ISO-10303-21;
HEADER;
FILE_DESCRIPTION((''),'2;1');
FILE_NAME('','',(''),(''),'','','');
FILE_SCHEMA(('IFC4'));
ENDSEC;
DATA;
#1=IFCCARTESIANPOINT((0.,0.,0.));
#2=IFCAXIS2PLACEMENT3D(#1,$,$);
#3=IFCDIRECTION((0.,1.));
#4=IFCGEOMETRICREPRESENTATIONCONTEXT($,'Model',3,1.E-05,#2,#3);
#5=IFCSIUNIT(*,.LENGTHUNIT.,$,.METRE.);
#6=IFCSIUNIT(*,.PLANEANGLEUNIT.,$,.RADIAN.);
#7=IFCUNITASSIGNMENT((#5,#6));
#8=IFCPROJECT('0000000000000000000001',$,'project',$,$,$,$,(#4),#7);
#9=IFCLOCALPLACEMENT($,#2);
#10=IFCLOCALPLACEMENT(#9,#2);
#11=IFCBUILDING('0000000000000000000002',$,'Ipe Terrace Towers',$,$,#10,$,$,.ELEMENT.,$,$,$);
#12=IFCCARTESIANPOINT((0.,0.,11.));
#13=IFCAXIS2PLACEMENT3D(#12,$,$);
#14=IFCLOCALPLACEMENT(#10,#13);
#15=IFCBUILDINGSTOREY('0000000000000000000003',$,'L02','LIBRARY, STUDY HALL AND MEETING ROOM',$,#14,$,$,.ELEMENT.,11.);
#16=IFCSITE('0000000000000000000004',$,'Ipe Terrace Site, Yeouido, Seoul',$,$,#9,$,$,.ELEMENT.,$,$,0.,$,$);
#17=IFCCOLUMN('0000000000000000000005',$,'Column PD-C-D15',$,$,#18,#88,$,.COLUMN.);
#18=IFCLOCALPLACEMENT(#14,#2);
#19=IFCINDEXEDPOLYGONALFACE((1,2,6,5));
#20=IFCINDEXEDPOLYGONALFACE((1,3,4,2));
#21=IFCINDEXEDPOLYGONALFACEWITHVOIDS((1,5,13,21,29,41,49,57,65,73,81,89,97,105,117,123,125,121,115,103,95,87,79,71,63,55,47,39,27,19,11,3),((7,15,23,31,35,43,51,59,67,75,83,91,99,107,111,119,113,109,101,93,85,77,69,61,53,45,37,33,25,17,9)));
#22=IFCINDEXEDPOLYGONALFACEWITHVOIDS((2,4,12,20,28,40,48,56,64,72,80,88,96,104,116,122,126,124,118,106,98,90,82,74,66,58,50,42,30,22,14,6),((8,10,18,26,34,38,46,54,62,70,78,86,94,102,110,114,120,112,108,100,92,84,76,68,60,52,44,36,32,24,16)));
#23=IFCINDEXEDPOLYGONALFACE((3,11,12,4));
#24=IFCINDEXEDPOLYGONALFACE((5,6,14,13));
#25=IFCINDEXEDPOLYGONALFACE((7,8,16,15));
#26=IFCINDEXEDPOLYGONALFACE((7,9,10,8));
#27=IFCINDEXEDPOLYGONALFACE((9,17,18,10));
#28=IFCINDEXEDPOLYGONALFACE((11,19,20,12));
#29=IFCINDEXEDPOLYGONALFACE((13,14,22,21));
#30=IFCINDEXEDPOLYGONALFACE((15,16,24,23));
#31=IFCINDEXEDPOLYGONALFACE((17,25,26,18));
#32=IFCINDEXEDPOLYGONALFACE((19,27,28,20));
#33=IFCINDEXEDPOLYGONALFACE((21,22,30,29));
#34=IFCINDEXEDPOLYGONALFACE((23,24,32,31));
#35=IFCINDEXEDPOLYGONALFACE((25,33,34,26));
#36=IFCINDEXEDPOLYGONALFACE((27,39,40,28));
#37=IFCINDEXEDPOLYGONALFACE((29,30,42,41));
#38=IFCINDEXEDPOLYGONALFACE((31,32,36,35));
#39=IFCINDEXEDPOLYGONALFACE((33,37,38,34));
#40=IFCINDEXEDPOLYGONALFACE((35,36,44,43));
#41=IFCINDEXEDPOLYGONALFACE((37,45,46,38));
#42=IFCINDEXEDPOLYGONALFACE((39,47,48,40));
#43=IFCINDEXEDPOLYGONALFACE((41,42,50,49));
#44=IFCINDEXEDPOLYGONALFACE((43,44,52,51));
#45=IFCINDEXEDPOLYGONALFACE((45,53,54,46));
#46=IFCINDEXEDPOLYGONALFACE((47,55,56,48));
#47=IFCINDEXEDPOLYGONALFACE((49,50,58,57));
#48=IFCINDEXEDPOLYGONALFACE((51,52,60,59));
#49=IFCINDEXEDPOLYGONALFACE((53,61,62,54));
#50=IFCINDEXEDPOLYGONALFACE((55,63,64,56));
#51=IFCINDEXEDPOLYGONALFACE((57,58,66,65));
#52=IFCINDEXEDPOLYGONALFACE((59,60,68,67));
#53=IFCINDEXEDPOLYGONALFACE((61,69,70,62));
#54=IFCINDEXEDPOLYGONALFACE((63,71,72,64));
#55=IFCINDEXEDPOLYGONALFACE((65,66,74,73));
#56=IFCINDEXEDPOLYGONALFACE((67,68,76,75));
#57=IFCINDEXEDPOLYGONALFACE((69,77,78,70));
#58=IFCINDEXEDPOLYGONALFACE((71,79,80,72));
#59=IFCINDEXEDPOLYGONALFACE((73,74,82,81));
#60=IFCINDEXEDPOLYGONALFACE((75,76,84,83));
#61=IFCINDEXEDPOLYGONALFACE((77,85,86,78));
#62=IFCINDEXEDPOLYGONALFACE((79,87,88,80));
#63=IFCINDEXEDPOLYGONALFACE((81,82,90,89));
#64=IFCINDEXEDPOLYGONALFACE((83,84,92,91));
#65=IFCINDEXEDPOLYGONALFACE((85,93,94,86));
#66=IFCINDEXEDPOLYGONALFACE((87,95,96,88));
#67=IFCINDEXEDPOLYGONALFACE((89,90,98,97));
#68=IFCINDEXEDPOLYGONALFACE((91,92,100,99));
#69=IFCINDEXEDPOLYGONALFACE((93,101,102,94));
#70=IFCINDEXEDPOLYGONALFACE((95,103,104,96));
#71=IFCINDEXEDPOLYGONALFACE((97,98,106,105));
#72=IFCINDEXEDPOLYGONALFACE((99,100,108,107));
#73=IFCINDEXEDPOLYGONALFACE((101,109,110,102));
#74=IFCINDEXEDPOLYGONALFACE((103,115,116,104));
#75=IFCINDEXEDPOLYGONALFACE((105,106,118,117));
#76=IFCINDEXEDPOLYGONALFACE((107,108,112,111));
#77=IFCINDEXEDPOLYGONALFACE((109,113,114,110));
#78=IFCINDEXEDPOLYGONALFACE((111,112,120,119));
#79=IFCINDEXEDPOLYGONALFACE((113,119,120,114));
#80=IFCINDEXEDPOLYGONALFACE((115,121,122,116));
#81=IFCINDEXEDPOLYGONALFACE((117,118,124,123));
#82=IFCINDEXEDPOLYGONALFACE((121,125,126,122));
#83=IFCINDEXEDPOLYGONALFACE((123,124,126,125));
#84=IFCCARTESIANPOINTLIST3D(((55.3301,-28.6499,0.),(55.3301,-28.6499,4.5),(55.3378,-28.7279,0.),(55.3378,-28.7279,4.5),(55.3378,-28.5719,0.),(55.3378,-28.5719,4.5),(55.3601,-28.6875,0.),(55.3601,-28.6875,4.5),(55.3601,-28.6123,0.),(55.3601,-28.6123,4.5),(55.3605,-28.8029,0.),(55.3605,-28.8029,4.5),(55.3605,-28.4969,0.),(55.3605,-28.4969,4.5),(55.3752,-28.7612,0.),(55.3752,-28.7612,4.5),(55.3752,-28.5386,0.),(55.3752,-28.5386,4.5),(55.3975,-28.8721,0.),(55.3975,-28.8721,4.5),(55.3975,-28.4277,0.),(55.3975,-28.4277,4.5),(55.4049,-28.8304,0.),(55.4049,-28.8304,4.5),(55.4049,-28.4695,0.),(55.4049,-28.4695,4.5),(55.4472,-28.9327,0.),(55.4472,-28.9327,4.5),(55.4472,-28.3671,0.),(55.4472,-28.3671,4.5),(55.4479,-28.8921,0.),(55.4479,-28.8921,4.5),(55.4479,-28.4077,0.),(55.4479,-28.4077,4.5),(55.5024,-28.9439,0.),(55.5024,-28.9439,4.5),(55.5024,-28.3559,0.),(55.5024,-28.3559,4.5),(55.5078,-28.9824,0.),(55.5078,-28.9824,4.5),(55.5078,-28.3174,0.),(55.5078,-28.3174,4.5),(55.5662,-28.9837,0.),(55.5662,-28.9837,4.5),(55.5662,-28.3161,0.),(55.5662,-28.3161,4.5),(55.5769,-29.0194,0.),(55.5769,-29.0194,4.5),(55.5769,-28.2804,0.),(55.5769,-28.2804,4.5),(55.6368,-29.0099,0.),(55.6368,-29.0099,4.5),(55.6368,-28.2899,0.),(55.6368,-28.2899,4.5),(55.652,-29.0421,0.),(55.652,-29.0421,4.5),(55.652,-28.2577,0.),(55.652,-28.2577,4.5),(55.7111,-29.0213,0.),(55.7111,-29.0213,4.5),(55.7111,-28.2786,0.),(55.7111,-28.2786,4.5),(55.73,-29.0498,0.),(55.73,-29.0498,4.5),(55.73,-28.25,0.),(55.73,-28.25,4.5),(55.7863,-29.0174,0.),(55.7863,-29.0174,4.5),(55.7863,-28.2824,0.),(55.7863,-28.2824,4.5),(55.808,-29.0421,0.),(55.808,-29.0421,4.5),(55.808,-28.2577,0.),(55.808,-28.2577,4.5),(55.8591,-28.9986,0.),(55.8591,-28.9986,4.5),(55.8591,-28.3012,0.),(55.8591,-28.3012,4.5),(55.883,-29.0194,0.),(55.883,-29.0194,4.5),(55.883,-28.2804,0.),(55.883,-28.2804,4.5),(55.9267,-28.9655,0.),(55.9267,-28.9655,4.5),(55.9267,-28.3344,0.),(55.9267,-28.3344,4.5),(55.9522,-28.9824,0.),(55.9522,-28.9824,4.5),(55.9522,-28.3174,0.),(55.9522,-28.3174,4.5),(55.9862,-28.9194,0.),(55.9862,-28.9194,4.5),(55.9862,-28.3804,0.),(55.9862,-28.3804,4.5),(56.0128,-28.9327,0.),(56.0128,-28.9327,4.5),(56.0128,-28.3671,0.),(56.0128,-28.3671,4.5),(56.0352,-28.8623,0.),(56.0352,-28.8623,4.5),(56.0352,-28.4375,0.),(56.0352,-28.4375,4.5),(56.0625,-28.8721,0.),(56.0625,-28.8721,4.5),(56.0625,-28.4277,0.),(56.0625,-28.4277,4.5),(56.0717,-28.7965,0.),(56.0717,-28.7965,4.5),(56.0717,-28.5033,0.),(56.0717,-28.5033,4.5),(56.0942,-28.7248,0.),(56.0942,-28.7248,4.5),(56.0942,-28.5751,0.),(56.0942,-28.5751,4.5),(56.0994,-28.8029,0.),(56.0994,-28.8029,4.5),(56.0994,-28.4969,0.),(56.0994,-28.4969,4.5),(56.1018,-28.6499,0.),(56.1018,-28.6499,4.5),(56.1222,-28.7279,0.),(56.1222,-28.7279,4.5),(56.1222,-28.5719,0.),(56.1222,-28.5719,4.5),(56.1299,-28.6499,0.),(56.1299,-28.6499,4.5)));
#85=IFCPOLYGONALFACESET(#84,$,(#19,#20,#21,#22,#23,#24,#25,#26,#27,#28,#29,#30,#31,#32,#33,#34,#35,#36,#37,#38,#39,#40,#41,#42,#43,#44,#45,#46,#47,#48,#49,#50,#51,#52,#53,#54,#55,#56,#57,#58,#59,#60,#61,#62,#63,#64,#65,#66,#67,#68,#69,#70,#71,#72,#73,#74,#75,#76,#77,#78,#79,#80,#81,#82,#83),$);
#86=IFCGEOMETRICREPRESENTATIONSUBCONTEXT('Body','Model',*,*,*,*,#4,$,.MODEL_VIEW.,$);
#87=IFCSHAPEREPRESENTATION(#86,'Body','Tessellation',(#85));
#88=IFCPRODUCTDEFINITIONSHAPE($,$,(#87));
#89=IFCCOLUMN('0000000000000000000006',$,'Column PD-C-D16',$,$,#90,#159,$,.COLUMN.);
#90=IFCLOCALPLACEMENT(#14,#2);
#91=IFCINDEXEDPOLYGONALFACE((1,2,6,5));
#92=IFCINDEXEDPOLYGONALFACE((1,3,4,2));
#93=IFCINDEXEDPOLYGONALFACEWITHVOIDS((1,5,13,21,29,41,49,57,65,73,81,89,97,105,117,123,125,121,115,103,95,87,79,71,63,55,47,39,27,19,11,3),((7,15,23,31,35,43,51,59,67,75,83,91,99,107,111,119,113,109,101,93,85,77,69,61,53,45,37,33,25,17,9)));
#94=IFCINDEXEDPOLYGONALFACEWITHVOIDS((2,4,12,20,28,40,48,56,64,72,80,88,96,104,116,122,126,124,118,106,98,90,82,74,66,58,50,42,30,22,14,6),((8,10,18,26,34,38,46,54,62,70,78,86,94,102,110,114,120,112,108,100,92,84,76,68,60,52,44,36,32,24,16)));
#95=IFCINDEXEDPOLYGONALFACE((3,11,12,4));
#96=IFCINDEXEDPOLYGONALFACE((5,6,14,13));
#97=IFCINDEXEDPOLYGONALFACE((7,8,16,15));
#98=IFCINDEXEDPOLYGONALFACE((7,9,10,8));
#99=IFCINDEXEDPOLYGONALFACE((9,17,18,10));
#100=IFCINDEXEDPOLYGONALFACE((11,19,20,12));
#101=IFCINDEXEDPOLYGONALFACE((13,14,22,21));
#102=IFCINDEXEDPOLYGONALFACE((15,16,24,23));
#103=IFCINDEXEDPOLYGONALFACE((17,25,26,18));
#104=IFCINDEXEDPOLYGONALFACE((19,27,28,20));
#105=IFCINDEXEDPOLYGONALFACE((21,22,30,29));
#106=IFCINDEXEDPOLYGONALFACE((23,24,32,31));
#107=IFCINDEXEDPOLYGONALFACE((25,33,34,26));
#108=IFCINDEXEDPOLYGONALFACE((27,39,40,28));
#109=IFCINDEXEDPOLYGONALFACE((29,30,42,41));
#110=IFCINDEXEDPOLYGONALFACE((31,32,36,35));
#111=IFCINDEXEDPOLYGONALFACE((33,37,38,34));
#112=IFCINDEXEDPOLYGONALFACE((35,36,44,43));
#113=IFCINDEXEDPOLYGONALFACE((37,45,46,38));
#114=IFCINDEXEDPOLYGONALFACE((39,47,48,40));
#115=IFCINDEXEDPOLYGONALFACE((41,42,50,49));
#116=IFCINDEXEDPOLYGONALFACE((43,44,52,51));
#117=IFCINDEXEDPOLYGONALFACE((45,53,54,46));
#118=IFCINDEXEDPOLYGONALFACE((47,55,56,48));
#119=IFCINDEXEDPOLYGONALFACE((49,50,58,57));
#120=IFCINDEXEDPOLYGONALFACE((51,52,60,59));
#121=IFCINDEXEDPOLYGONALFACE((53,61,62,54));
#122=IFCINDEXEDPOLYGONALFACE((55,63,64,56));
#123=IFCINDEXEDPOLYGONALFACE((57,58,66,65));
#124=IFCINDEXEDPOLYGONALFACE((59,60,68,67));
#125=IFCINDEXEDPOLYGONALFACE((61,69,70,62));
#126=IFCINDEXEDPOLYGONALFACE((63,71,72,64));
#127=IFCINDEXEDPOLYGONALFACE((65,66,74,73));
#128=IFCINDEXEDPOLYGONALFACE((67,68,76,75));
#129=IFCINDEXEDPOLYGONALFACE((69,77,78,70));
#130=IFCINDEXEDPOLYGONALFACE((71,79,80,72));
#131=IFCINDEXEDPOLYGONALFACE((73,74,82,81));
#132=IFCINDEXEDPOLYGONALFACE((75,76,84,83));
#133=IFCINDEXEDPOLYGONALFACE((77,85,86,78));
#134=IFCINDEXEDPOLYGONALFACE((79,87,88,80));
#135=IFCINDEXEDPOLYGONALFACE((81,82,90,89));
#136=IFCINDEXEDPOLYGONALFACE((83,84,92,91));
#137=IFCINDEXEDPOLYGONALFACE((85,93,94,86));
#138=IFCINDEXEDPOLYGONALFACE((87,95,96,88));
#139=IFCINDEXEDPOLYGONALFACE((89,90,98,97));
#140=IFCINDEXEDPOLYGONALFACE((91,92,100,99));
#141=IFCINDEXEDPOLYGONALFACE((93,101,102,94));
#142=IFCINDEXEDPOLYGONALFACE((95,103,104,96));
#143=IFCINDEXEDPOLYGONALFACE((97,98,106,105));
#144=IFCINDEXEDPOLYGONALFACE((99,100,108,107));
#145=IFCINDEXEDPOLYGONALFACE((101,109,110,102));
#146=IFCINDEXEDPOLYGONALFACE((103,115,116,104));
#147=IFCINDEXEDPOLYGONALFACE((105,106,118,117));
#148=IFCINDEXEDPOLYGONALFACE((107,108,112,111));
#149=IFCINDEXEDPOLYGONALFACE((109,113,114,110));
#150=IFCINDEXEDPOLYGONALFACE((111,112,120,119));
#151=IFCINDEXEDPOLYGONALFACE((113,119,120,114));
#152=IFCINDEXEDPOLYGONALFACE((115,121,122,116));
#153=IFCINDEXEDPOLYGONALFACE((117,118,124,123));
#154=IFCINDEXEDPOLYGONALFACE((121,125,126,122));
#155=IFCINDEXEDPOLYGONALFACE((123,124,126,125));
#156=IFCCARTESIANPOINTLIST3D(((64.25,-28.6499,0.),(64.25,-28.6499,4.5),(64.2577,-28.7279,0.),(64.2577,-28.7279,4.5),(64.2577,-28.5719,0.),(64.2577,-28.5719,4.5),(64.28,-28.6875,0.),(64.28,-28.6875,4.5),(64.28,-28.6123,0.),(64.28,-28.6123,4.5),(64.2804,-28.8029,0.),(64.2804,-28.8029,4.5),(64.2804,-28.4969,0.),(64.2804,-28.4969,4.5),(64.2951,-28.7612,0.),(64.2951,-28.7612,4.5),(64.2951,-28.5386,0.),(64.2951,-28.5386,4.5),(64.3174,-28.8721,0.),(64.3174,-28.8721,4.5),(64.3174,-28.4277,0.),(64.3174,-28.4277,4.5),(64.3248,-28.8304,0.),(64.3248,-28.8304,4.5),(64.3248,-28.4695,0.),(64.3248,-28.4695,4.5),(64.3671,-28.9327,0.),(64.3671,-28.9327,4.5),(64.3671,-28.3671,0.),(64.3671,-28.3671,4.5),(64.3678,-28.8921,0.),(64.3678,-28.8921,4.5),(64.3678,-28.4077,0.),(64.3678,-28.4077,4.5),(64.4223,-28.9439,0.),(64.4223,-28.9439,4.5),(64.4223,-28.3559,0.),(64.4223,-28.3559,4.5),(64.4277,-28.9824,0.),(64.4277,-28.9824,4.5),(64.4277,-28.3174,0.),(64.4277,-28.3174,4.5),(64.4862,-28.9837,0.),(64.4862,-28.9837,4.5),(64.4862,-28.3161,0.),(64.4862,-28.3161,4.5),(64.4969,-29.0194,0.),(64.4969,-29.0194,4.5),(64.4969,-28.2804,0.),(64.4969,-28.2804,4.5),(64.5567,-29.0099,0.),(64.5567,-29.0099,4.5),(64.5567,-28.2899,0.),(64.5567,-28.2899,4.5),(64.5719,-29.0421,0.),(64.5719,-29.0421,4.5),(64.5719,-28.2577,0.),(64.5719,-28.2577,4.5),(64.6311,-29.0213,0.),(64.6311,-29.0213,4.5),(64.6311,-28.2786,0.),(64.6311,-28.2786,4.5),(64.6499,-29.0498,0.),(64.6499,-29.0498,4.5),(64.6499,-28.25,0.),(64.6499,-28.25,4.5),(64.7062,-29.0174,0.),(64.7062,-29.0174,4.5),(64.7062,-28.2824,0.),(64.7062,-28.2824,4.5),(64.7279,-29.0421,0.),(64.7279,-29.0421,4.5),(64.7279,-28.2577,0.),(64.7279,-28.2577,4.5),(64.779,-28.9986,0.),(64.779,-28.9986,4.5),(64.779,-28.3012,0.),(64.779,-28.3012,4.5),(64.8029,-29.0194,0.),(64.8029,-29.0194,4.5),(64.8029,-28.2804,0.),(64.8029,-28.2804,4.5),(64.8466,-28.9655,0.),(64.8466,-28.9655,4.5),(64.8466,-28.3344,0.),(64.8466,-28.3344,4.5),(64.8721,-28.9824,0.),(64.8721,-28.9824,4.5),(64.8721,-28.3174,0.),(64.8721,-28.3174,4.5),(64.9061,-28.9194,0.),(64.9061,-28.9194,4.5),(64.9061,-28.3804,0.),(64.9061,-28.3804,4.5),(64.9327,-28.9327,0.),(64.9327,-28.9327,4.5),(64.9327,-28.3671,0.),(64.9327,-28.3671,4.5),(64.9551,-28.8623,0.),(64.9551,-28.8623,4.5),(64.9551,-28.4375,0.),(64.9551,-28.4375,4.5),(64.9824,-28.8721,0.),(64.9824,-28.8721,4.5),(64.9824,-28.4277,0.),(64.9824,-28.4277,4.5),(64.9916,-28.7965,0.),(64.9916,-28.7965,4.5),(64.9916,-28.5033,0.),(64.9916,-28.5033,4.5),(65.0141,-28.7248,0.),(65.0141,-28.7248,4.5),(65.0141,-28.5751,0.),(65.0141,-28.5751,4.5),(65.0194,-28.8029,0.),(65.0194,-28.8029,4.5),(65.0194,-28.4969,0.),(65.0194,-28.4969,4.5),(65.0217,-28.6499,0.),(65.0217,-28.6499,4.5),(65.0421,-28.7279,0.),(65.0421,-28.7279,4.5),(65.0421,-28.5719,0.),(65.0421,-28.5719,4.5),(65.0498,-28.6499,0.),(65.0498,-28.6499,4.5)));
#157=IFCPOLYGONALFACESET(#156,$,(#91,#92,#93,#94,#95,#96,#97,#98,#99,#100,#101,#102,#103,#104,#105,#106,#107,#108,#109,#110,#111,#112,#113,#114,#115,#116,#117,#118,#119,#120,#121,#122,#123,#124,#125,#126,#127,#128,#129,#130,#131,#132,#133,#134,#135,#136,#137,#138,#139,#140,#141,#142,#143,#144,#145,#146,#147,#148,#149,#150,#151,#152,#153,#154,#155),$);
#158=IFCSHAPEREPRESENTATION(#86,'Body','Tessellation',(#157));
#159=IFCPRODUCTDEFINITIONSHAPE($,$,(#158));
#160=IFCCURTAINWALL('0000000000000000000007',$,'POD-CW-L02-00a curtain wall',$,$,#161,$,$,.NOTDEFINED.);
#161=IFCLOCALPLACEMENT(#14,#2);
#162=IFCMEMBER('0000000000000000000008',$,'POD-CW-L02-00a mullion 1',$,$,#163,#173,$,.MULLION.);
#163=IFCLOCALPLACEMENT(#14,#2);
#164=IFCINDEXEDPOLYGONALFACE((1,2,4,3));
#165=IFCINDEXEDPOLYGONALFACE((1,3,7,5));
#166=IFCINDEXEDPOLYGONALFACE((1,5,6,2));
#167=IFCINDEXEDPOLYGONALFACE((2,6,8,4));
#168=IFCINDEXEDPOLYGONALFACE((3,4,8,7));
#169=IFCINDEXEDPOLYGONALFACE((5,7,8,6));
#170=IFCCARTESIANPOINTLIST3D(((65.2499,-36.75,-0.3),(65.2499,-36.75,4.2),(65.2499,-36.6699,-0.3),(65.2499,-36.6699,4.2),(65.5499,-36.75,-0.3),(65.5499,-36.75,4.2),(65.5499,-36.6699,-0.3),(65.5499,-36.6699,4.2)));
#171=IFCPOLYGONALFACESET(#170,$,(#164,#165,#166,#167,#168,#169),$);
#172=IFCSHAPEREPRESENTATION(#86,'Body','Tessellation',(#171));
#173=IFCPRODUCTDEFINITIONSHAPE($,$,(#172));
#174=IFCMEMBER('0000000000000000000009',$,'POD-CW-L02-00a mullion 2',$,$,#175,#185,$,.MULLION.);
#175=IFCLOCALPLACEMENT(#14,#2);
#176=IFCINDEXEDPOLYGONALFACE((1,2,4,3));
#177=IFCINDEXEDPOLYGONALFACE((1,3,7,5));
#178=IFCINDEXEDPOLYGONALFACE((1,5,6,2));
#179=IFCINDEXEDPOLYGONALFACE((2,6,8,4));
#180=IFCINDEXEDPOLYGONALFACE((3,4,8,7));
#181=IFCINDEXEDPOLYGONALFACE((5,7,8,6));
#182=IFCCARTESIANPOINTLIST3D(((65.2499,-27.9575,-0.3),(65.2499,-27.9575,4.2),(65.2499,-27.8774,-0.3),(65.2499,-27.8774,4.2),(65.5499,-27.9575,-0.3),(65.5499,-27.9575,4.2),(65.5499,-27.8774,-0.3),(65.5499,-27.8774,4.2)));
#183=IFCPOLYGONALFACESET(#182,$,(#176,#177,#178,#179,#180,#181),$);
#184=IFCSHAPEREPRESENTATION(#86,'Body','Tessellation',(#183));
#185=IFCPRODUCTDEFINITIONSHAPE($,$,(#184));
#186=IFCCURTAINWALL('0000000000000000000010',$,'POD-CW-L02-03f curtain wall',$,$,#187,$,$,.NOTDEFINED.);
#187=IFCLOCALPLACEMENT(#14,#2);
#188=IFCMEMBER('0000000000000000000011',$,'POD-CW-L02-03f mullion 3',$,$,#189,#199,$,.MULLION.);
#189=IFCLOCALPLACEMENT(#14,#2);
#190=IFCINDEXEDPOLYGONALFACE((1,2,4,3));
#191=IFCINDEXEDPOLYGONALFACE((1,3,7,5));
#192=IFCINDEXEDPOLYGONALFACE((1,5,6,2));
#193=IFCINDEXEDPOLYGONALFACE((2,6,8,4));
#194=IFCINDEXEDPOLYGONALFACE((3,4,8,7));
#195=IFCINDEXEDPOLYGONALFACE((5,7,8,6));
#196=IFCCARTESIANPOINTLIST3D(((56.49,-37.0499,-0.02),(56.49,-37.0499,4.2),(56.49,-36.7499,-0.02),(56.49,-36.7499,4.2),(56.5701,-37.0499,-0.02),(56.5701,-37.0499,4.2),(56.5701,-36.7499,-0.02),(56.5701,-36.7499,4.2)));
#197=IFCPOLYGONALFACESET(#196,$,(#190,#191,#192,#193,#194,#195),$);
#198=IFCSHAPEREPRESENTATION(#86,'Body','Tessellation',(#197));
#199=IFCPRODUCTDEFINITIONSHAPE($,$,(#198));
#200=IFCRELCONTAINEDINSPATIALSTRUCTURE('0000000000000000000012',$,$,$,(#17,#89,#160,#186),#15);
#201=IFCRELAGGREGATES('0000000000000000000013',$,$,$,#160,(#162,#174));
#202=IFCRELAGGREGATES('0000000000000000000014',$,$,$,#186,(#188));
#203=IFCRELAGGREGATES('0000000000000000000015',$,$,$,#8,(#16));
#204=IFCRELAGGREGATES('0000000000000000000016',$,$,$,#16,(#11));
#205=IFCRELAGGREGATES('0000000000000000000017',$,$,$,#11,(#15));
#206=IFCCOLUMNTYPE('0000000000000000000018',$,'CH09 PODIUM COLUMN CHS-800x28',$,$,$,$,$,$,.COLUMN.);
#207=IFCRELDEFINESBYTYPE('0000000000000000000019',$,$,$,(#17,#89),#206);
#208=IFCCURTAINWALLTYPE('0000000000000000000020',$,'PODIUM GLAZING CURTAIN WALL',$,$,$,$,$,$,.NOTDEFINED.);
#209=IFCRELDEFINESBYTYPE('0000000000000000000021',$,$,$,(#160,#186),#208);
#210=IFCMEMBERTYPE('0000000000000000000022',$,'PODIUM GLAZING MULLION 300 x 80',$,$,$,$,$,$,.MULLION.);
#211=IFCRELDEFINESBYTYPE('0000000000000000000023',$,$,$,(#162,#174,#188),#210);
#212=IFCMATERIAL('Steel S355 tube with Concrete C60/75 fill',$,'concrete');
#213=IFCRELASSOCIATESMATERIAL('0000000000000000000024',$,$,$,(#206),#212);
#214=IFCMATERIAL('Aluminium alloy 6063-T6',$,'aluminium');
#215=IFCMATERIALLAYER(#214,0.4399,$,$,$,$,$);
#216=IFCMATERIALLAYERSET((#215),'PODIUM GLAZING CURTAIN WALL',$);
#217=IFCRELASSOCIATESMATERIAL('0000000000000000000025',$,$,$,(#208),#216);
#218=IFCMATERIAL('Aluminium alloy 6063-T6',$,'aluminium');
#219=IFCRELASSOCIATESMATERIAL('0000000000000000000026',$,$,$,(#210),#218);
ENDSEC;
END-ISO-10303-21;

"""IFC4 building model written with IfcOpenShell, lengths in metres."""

from ifc_helpers import new_model, si_unit, direction, frame, origin, origin_2d, place, context, subcontext, project, spatial, rectangle, hollow_circle, extrude, material, layer, layer_set, material_profile, profile_set, type_object, element, aggregate, save


model = new_model("IFC4")

# Units and contexts
model_context = context("Model", 3, precision=1e-05, world=origin(), true_north=direction((0.0, 1.0)))
body_context = subcontext(model_context, "Body", "Model", "MODEL_VIEW")
ifc_project = project(units=[si_unit("LENGTHUNIT", "METRE"), si_unit("PLANEANGLEUNIT", "RADIAN")], contexts=[model_context])

# Site, building, storey
site_placement = place(None, origin())
site = spatial("IfcSite", under=ifc_project, at=site_placement, Name="Ipe Terrace Site, Yeouido, Seoul", CompositionType="ELEMENT", RefElevation=0.0)
building_placement = place(site_placement, origin())
building = spatial("IfcBuilding", under=site, at=building_placement, Name="Ipe Terrace Towers", CompositionType="ELEMENT")
storey_placement = place(building_placement, frame((0.0, 0.0, 11.0)))
storey = spatial("IfcBuildingStorey", under=building, at=storey_placement, Name="L02", Description="LIBRARY, STUDY HALL AND MEETING ROOM", CompositionType="ELEMENT", Elevation=11.0)

# Columns
ifc_material_1 = material(Name="Steel S355 tube with Concrete C60/75 fill", Category="concrete")
ifc_material_profile_1 = material_profile(ifc_material_1, hollow_circle(Radius=0.3999, WallThickness=0.0281, at=origin_2d()), Name="CHS-800x28")
ifc_profile_set_1 = profile_set([ifc_material_profile_1], Name="Steel S355 tube with Concrete C60/75 fill")
column_type = type_object("IfcColumnType", Name="CH09 PODIUM COLUMN CHS-800x28", PredefinedType="COLUMN", material=ifc_profile_set_1)
for number, where, z_axis, x_axis, name in (
    (1, (55.73, -28.6499, 0.0), (0.0, 0.0, 1.0), (1.0, 0.0, 0.0), "Column PD-C-D15"),
    (2, (64.6499, -28.6499, 0.0), (0.0, 0.0, 1.0), (1.0, 0.0, 0.0), "Column PD-C-D16"),
):
    element("IfcColumn", number, at=place(storey_placement, frame(where, z_axis=z_axis, x_axis=x_axis)), inside=storey, type_object=column_type, Name=name, PredefinedType="COLUMN", context=body_context, shape_type="SweptSolid", body=[
        extrude(hollow_circle(Radius=0.3999, WallThickness=0.0281, at=origin_2d()), origin(), (0.0, 0.0, 1.0), 4.5),
    ])

# Curtain walls, members
ifc_material_2 = material(Name="Aluminium alloy 6063-T6", Category="aluminium")
ifc_layer_1 = layer(ifc_material_2, 0.4399)
ifc_layer_set_1 = layer_set([ifc_layer_1], Name="PODIUM GLAZING CURTAIN WALL")
curtain_wall_type = type_object("IfcCurtainWallType", Name="PODIUM GLAZING CURTAIN WALL", PredefinedType="NOTDEFINED", material=ifc_layer_set_1)
curtain_wall_1_placement = place(storey_placement, origin())
curtain_wall_1 = element("IfcCurtainWall", 3, at=curtain_wall_1_placement, inside=storey, type_object=curtain_wall_type, Name="POD-CW-L02-00a curtain wall", PredefinedType="NOTDEFINED")
ifc_material_3 = material(Name="Aluminium alloy 6063-T6", Category="aluminium")
ifc_material_profile_2 = material_profile(ifc_material_3, rectangle(XDim=0.3, YDim=0.0801, at=origin_2d()), Name="PODIUM GLAZING MULLION 300 x 80")
ifc_profile_set_2 = profile_set([ifc_material_profile_2], Name="Aluminium alloy 6063-T6")
member_type_1 = type_object("IfcMemberType", Name="PODIUM GLAZING MULLION 300 x 80", PredefinedType="MULLION", material=ifc_profile_set_2)
member_1_placement = place(storey_placement, frame((65.3999, -36.71, -0.3), z_axis=(0.0, 0.0, 1.0), x_axis=(1.0, 0.0, 0.0)))
member_1 = element("IfcMember", 4, at=member_1_placement, type_object=member_type_1, Name="POD-CW-L02-00a mullion 1", PredefinedType="MULLION", context=body_context, shape_type="SweptSolid", body=[
    extrude(rectangle(XDim=0.3, YDim=0.0801, at=origin_2d()), origin(), (0.0, 0.0, 1.0), 4.5),
])
member_2_placement = place(storey_placement, frame((65.3999, -27.9175, -0.3), z_axis=(0.0, 0.0, 1.0), x_axis=(1.0, 0.0, 0.0)))
member_2 = element("IfcMember", 5, at=member_2_placement, type_object=member_type_1, Name="POD-CW-L02-00a mullion 2", PredefinedType="MULLION", context=body_context, shape_type="SweptSolid", body=[
    extrude(rectangle(XDim=0.3, YDim=0.0801, at=origin_2d()), origin(), (0.0, 0.0, 1.0), 4.5),
])
curtain_wall_2_placement = place(storey_placement, origin())
curtain_wall_2 = element("IfcCurtainWall", 6, at=curtain_wall_2_placement, inside=storey, type_object=curtain_wall_type, Name="POD-CW-L02-03f curtain wall", PredefinedType="NOTDEFINED")
member_3_placement = place(storey_placement, frame((56.53, -36.8999, -0.02), z_axis=(0.0, 0.0, 1.0), x_axis=(0.0, -1.0, 0.0)))
member_3 = element("IfcMember", 7, at=member_3_placement, type_object=member_type_1, Name="POD-CW-L02-03f mullion 3", PredefinedType="MULLION", context=body_context, shape_type="SweptSolid", body=[
    extrude(rectangle(XDim=0.3, YDim=0.0801, at=origin_2d()), origin(), (0.0, 0.0, 1.0), 4.22),
])

aggregate(curtain_wall_1, [member_1, member_2])
aggregate(curtain_wall_2, [member_3])

save(model, "model.ifc")
